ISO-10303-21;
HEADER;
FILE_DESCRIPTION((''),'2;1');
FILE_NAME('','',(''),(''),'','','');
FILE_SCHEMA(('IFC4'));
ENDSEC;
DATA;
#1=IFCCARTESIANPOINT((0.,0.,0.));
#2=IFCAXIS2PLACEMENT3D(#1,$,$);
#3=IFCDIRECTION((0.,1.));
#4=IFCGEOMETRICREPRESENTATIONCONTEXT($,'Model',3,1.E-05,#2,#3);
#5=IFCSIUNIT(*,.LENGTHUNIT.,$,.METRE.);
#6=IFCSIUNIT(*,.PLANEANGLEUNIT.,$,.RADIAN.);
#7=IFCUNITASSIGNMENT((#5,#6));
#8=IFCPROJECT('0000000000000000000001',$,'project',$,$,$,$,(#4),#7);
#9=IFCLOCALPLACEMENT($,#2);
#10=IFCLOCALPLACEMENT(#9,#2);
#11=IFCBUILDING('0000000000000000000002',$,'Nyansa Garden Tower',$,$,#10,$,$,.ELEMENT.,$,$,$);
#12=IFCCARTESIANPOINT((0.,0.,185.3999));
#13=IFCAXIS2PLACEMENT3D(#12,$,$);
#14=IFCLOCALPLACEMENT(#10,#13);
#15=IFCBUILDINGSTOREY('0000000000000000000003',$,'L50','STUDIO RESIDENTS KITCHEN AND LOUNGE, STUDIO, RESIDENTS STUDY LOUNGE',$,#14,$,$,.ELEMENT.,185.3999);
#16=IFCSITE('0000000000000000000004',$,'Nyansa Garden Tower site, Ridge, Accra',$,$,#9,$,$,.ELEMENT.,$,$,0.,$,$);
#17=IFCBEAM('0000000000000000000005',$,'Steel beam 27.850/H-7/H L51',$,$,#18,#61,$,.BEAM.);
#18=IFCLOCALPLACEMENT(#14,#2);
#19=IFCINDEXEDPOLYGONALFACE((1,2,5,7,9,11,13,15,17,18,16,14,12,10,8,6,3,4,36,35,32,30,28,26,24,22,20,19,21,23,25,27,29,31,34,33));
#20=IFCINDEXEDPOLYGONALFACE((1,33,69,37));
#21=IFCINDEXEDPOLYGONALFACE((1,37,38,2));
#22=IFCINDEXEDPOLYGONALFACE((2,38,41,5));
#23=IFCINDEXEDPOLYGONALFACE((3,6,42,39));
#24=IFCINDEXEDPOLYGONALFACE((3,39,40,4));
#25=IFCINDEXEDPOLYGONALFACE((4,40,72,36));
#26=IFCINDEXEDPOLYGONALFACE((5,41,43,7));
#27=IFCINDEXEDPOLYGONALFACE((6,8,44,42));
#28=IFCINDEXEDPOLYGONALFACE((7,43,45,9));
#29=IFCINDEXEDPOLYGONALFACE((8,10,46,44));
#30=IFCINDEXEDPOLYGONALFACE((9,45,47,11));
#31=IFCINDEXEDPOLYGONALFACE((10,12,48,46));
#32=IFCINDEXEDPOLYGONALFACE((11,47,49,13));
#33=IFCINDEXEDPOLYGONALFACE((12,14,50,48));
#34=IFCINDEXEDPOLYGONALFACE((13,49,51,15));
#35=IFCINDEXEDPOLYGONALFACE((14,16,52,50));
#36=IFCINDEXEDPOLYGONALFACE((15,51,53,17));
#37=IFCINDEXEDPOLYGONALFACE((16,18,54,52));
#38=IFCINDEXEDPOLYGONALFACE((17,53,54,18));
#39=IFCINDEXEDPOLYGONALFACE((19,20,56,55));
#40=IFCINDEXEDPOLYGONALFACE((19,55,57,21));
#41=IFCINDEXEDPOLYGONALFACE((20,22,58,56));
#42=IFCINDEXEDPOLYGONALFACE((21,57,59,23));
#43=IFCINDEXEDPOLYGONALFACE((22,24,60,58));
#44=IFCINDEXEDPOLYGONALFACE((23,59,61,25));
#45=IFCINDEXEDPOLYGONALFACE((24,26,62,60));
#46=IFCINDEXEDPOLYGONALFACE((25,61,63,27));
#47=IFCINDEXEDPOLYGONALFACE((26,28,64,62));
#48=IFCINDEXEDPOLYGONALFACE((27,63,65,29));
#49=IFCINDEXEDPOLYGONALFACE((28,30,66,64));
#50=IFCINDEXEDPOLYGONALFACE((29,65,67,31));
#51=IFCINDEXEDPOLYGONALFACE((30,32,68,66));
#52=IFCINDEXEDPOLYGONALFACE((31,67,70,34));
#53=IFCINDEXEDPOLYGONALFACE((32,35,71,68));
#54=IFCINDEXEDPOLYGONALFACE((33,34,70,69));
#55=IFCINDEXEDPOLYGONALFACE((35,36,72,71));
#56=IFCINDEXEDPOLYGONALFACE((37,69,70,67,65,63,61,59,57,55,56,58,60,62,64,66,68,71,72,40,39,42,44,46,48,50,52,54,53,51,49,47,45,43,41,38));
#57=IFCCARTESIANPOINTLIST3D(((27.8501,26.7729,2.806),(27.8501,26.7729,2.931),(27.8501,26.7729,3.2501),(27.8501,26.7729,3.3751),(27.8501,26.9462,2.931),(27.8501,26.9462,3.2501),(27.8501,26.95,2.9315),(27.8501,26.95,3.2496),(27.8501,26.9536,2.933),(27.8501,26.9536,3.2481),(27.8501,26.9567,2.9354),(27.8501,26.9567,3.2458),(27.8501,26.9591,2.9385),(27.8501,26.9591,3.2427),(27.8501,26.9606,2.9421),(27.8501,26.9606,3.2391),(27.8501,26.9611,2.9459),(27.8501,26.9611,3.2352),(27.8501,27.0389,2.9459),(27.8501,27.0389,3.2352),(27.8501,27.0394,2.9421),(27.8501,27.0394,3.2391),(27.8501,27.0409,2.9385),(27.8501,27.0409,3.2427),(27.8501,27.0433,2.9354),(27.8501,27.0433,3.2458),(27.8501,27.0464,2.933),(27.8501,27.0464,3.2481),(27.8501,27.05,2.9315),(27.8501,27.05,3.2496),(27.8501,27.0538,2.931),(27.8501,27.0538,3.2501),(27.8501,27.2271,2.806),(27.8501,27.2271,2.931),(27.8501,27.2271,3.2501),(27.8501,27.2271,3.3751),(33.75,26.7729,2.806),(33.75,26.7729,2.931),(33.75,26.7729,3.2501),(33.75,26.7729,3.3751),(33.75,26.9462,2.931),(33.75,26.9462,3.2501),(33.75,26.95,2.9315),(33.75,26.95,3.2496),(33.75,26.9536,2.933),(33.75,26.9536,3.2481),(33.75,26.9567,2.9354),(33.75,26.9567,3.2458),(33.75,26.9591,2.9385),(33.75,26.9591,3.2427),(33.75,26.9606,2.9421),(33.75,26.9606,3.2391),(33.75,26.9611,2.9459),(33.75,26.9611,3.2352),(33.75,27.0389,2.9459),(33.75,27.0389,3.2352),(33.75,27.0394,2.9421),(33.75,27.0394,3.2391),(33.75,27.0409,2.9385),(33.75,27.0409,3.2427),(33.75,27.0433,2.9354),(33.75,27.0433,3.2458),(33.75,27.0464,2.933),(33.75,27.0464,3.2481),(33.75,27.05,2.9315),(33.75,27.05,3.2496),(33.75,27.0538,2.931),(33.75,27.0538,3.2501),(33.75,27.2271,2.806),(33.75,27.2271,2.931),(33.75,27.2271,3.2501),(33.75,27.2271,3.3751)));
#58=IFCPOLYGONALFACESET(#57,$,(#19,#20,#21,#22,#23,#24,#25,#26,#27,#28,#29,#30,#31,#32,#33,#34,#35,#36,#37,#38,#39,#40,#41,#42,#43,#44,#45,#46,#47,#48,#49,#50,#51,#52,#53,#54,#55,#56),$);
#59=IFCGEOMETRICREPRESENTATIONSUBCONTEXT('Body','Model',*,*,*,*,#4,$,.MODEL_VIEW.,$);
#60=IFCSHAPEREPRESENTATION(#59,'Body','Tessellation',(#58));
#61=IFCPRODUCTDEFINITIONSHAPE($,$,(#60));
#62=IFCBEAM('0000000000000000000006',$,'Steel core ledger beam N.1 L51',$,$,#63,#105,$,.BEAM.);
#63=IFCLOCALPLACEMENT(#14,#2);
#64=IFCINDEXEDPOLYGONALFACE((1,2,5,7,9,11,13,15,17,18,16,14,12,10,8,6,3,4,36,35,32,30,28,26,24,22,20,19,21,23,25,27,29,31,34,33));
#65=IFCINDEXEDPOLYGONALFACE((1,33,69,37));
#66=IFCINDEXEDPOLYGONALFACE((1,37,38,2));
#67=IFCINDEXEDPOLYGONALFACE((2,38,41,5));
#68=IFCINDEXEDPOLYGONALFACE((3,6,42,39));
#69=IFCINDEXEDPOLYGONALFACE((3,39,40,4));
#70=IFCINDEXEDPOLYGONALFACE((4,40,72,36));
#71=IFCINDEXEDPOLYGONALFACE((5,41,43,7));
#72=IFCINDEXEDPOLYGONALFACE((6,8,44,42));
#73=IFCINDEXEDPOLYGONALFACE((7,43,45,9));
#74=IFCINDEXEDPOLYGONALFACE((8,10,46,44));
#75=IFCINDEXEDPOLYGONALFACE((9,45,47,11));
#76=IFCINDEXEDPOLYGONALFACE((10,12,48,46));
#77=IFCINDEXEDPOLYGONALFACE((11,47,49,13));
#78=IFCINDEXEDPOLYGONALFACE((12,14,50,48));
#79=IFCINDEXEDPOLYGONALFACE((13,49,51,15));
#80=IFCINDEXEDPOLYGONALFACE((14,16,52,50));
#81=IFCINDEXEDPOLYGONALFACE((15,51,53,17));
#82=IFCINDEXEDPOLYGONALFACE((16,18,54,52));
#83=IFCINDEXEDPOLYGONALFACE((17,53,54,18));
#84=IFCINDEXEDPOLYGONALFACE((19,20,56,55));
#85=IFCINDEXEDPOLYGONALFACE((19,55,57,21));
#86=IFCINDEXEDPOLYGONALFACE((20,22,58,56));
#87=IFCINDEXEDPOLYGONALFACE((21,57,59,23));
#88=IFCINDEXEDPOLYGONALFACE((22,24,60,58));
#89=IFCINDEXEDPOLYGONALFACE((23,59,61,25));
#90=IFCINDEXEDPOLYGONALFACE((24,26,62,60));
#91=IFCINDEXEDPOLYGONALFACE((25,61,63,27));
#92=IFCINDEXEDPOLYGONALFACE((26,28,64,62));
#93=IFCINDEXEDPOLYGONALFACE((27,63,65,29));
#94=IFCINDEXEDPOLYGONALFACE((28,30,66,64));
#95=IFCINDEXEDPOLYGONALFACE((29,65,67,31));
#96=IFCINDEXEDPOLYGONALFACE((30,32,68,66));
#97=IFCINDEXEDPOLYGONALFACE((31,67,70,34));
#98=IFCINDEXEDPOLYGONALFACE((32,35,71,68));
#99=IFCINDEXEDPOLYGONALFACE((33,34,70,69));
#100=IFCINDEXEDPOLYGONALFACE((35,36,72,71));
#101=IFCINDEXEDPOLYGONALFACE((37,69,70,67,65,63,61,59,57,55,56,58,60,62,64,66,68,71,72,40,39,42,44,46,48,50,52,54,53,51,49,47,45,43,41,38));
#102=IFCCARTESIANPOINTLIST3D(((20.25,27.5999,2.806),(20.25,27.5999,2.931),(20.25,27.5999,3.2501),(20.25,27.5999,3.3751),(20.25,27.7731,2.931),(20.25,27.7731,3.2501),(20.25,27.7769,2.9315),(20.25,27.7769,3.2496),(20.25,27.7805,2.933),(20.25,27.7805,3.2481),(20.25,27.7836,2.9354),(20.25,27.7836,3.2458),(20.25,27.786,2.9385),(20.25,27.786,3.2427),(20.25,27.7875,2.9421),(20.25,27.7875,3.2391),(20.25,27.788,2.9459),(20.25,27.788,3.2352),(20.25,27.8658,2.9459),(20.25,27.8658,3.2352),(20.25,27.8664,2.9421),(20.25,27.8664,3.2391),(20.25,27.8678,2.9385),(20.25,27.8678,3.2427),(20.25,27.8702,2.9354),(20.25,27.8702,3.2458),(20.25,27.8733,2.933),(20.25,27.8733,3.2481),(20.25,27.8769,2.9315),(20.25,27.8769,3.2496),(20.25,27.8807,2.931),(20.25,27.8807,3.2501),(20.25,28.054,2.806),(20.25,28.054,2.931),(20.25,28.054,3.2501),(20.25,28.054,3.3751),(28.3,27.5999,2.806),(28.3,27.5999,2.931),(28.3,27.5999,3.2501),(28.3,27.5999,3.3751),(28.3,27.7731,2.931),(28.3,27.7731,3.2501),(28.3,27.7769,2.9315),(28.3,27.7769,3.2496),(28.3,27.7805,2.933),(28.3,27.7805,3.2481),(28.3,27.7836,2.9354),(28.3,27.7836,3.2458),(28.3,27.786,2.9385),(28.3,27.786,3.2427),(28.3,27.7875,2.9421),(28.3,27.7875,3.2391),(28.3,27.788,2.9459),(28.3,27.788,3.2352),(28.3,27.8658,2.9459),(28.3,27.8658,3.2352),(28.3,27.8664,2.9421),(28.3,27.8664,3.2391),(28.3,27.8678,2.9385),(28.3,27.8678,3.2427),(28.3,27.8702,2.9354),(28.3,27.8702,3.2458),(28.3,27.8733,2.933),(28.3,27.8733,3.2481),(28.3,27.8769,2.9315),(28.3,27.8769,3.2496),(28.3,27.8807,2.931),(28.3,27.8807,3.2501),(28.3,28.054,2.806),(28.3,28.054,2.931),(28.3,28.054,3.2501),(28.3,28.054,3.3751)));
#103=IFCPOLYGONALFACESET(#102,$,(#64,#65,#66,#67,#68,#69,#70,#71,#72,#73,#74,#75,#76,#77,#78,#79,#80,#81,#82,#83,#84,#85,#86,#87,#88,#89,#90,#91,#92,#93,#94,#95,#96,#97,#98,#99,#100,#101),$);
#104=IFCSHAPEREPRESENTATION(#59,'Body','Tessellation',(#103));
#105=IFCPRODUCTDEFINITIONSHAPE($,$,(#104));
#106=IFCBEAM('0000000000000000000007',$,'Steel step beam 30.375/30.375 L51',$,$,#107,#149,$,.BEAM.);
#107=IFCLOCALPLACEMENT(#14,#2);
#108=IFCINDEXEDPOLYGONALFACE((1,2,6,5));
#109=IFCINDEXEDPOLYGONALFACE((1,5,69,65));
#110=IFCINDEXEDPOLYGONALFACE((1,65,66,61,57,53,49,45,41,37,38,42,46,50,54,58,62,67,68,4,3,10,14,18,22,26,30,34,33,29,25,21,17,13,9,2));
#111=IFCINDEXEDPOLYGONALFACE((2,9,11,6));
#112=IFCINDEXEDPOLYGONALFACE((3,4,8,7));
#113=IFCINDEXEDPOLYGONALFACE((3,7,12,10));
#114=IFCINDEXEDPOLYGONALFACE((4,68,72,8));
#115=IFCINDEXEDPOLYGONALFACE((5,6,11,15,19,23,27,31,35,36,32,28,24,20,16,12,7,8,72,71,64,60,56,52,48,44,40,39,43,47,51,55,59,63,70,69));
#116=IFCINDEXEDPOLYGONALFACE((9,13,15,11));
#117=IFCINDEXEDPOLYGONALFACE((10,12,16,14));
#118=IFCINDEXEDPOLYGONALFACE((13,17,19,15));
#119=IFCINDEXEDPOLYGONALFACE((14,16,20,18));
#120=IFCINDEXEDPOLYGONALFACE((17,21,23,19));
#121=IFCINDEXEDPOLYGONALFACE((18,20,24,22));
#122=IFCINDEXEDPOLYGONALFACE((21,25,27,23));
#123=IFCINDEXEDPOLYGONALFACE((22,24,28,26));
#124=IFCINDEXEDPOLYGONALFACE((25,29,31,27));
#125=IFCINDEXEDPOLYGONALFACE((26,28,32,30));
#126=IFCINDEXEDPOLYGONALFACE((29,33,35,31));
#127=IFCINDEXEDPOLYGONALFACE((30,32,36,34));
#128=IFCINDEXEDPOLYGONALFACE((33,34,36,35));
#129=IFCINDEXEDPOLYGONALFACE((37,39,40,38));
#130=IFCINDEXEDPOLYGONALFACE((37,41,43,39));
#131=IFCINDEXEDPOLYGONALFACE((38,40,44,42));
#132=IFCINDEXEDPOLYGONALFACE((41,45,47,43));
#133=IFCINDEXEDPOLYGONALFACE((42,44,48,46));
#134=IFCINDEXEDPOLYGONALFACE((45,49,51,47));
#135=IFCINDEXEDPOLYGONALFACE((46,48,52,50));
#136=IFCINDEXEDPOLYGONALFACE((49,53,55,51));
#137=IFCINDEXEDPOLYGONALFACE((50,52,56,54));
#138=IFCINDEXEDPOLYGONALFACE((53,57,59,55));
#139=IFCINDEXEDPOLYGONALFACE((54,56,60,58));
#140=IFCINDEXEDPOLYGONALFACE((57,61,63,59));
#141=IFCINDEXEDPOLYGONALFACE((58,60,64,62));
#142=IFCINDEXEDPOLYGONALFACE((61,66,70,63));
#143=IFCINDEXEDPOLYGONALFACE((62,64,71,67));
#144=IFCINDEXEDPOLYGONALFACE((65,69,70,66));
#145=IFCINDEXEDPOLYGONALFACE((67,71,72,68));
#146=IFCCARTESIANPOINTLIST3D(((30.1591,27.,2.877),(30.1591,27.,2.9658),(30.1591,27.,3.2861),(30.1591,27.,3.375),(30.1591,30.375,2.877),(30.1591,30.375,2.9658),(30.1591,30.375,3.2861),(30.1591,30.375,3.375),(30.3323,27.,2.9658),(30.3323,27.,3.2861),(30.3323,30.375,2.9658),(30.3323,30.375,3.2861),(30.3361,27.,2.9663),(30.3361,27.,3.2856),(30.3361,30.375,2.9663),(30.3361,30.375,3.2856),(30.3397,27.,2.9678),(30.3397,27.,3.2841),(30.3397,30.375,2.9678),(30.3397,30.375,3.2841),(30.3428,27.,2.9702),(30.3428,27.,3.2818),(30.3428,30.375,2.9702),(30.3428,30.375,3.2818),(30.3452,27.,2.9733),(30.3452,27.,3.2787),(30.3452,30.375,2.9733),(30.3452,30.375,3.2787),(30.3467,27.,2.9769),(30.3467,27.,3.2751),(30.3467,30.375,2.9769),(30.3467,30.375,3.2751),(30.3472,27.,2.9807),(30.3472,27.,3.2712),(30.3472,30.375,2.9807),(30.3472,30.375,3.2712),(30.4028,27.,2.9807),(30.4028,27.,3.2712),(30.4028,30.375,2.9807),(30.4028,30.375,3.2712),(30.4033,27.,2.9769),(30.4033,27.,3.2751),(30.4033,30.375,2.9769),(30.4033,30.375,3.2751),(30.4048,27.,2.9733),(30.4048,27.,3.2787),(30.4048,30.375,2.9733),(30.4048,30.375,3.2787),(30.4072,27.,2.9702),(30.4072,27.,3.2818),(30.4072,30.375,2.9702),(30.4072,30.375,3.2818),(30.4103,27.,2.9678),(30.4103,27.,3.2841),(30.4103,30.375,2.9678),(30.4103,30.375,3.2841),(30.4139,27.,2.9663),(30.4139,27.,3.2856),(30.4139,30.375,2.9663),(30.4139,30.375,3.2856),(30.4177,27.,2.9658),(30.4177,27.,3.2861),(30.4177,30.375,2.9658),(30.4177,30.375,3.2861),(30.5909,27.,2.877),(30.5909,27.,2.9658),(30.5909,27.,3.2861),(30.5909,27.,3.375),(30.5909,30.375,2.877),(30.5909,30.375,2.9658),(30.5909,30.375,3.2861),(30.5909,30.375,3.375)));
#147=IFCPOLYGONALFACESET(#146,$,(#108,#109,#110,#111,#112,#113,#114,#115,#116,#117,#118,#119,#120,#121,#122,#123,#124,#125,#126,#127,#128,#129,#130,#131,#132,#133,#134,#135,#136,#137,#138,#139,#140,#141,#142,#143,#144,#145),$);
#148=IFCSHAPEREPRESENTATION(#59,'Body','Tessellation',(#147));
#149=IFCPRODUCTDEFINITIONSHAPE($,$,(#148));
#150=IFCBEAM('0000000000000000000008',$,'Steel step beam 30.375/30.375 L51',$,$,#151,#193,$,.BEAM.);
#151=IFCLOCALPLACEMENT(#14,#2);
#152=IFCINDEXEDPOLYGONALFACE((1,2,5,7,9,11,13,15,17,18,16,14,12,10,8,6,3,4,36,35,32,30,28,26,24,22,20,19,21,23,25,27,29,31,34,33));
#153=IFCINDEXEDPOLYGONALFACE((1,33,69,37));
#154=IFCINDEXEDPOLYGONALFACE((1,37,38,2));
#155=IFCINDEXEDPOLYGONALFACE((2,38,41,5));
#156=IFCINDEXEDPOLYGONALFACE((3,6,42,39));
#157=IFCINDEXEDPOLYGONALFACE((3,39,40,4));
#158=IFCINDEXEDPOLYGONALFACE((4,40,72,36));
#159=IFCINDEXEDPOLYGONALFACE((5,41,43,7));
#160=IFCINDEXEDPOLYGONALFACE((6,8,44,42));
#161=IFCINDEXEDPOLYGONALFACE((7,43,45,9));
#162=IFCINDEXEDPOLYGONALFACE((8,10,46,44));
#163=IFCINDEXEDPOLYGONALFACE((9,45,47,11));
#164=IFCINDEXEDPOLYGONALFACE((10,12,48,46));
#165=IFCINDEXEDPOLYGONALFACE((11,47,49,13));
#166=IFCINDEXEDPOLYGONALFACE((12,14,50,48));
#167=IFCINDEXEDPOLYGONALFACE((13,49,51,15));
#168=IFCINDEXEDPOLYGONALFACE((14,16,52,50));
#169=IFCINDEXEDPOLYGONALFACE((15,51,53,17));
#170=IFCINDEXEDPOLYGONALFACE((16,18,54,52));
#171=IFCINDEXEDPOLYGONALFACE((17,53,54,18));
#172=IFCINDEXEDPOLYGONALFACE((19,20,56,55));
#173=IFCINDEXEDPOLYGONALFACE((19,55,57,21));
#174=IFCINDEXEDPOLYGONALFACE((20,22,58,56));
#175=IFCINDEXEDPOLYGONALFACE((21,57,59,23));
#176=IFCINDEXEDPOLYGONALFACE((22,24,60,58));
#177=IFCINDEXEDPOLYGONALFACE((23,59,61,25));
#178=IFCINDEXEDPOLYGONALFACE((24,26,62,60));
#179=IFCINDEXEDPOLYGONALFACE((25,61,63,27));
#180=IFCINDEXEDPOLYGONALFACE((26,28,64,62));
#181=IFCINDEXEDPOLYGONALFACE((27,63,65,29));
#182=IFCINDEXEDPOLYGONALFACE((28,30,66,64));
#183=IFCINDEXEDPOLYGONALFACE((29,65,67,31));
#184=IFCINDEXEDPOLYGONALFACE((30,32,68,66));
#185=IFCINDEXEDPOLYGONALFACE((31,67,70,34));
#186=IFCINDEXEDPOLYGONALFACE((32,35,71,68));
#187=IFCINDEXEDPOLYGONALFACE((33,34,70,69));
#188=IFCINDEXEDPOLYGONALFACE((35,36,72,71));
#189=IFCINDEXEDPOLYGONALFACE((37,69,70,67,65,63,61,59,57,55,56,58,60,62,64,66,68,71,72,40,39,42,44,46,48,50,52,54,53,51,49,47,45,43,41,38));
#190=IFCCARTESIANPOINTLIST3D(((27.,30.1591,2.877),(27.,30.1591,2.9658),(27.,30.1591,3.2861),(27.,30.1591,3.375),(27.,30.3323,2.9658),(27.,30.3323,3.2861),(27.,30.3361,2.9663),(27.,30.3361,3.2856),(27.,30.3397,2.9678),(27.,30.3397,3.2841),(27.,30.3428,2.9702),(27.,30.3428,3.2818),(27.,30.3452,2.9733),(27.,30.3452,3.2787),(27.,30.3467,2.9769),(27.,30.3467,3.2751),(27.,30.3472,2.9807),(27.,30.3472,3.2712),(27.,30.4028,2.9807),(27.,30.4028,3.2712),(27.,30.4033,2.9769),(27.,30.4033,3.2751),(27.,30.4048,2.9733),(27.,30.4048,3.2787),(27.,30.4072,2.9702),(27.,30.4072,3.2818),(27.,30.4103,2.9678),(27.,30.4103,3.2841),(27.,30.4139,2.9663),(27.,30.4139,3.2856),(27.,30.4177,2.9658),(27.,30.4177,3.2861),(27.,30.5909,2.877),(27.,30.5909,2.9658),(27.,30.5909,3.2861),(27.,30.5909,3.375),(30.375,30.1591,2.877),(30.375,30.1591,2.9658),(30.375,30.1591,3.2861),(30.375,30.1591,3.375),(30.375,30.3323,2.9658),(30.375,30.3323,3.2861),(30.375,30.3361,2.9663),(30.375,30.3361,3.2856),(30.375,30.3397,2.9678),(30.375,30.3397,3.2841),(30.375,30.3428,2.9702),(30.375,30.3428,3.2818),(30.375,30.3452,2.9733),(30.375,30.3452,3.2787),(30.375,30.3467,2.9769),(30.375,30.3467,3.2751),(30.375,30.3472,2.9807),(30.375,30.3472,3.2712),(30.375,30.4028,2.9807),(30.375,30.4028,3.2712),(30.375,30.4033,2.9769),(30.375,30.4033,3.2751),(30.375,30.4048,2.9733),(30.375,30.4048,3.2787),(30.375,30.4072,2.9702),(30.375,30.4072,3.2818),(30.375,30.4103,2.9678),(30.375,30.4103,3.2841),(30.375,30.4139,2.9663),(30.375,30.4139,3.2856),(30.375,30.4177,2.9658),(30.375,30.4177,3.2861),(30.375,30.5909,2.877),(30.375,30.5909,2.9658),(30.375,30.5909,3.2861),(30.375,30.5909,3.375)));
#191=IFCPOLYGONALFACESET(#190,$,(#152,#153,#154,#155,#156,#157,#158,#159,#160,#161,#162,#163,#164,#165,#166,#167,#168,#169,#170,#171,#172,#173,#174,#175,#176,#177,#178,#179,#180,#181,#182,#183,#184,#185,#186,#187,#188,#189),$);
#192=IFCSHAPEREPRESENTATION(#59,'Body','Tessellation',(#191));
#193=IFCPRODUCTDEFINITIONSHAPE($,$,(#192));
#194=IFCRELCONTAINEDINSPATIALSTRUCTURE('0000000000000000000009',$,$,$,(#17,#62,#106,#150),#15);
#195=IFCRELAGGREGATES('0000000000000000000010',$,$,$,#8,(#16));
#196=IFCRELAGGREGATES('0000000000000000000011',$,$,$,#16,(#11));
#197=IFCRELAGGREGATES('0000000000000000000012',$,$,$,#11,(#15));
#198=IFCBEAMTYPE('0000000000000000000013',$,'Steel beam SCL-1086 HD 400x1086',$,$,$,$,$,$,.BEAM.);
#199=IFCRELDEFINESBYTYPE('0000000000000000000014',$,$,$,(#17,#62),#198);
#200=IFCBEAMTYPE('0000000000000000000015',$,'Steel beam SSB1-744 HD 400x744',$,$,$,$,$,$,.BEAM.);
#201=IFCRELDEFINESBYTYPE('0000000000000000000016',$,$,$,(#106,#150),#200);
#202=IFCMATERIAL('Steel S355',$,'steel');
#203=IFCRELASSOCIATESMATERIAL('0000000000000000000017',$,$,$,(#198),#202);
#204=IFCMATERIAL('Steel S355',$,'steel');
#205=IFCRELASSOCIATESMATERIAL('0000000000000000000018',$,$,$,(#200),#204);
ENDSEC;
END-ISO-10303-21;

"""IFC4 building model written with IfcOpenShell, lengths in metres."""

from ifc_helpers import new_model, si_unit, direction, frame, origin, origin_2d, place, context, subcontext, project, spatial, i_section, extrude, material, material_profile, profile_set, type_object, element, save


model = new_model("IFC4")

# Units and contexts
model_context = context("Model", 3, precision=1e-05, world=origin(), true_north=direction((0.0, 1.0)))
body_context = subcontext(model_context, "Body", "Model", "MODEL_VIEW")
ifc_project = project(units=[si_unit("LENGTHUNIT", "METRE"), si_unit("PLANEANGLEUNIT", "RADIAN")], contexts=[model_context])

# Site, building, storey
site_placement = place(None, origin())
site = spatial("IfcSite", under=ifc_project, at=site_placement, Name="Nyansa Garden Tower site, Ridge, Accra", CompositionType="ELEMENT", RefElevation=0.0)
building_placement = place(site_placement, origin())
building = spatial("IfcBuilding", under=site, at=building_placement, Name="Nyansa Garden Tower", CompositionType="ELEMENT")
storey_placement = place(building_placement, frame((0.0, 0.0, 185.3999)))
storey = spatial("IfcBuildingStorey", under=building, at=storey_placement, Name="L50", Description="STUDIO RESIDENTS KITCHEN AND LOUNGE, STUDIO, RESIDENTS STUDY LOUNGE", CompositionType="ELEMENT", Elevation=185.3999)

# Beams
ifc_material_1 = material(Name="Steel S355", Category="steel")
ifc_material_profile_1 = material_profile(ifc_material_1, i_section(OverallWidth=0.4541, OverallDepth=0.5691, WebThickness=0.0779, FlangeThickness=0.125, FilletRadius=0.0149, at=origin_2d()), Name="HD 400x1086")
ifc_profile_set_1 = profile_set([ifc_material_profile_1], Name="Steel S355")
beam_type_1 = type_object("IfcBeamType", Name="Steel beam SCL-1086 HD 400x1086", PredefinedType="BEAM", material=ifc_profile_set_1)
beam_1_placement = place(storey_placement, frame((27.8501, 27.0, 3.0906), z_axis=(1.0, 0.0, 0.0), x_axis=(0.0, 1.0, 0.0)))
element("IfcBeam", 1, at=beam_1_placement, inside=storey, type_object=beam_type_1, Name="Steel beam 27.850/H-7/H L51", PredefinedType="BEAM", context=body_context, shape_type="SweptSolid", body=[
    extrude(i_section(OverallWidth=0.4541, OverallDepth=0.5691, WebThickness=0.0779, FlangeThickness=0.125, FilletRadius=0.0149, at=origin_2d()), origin(), (0.0, 0.0, 1.0), 5.8999),
])
beam_2_placement = place(storey_placement, frame((28.3, 27.8269, 3.0906), z_axis=(-1.0, 0.0, 0.0), x_axis=(0.0, -1.0, 0.0)))
element("IfcBeam", 2, at=beam_2_placement, inside=storey, type_object=beam_type_1, Name="Steel core ledger beam N.1 L51", PredefinedType="BEAM", context=body_context, shape_type="SweptSolid", body=[
    extrude(i_section(OverallWidth=0.4541, OverallDepth=0.5691, WebThickness=0.0779, FlangeThickness=0.125, FilletRadius=0.0149, at=origin_2d()), origin(), (0.0, 0.0, 1.0), 8.05),
])
ifc_material_2 = material(Name="Steel S355", Category="steel")
ifc_material_profile_2 = material_profile(ifc_material_2, i_section(OverallWidth=0.4319, OverallDepth=0.498, WebThickness=0.0557, FlangeThickness=0.0889, FilletRadius=0.0149, at=origin_2d()), Name="HD 400x744")
ifc_profile_set_2 = profile_set([ifc_material_profile_2], Name="Steel S355")
beam_type_2 = type_object("IfcBeamType", Name="Steel beam SSB1-744 HD 400x744", PredefinedType="BEAM", material=ifc_profile_set_2)
for number, where, z_axis, x_axis, name in (
    (3, (30.375, 30.375, 3.126), (0.0, -1.0, 0.0), (1.0, 0.0, 0.0), "Steel step beam 30.375/30.375 L51"),
    (4, (30.375, 30.375, 3.126), (-1.0, 0.0, 0.0), (0.0, -1.0, 0.0), "Steel step beam 30.375/30.375 L51"),
):
    element("IfcBeam", number, at=place(storey_placement, frame(where, z_axis=z_axis, x_axis=x_axis)), inside=storey, type_object=beam_type_2, Name=name, PredefinedType="BEAM", context=body_context, shape_type="SweptSolid", body=[
        extrude(i_section(OverallWidth=0.4319, OverallDepth=0.498, WebThickness=0.0557, FlangeThickness=0.0889, FilletRadius=0.0149, at=origin_2d()), origin(), (0.0, 0.0, 1.0), 3.375),
    ])

save(model, "model.ifc")
